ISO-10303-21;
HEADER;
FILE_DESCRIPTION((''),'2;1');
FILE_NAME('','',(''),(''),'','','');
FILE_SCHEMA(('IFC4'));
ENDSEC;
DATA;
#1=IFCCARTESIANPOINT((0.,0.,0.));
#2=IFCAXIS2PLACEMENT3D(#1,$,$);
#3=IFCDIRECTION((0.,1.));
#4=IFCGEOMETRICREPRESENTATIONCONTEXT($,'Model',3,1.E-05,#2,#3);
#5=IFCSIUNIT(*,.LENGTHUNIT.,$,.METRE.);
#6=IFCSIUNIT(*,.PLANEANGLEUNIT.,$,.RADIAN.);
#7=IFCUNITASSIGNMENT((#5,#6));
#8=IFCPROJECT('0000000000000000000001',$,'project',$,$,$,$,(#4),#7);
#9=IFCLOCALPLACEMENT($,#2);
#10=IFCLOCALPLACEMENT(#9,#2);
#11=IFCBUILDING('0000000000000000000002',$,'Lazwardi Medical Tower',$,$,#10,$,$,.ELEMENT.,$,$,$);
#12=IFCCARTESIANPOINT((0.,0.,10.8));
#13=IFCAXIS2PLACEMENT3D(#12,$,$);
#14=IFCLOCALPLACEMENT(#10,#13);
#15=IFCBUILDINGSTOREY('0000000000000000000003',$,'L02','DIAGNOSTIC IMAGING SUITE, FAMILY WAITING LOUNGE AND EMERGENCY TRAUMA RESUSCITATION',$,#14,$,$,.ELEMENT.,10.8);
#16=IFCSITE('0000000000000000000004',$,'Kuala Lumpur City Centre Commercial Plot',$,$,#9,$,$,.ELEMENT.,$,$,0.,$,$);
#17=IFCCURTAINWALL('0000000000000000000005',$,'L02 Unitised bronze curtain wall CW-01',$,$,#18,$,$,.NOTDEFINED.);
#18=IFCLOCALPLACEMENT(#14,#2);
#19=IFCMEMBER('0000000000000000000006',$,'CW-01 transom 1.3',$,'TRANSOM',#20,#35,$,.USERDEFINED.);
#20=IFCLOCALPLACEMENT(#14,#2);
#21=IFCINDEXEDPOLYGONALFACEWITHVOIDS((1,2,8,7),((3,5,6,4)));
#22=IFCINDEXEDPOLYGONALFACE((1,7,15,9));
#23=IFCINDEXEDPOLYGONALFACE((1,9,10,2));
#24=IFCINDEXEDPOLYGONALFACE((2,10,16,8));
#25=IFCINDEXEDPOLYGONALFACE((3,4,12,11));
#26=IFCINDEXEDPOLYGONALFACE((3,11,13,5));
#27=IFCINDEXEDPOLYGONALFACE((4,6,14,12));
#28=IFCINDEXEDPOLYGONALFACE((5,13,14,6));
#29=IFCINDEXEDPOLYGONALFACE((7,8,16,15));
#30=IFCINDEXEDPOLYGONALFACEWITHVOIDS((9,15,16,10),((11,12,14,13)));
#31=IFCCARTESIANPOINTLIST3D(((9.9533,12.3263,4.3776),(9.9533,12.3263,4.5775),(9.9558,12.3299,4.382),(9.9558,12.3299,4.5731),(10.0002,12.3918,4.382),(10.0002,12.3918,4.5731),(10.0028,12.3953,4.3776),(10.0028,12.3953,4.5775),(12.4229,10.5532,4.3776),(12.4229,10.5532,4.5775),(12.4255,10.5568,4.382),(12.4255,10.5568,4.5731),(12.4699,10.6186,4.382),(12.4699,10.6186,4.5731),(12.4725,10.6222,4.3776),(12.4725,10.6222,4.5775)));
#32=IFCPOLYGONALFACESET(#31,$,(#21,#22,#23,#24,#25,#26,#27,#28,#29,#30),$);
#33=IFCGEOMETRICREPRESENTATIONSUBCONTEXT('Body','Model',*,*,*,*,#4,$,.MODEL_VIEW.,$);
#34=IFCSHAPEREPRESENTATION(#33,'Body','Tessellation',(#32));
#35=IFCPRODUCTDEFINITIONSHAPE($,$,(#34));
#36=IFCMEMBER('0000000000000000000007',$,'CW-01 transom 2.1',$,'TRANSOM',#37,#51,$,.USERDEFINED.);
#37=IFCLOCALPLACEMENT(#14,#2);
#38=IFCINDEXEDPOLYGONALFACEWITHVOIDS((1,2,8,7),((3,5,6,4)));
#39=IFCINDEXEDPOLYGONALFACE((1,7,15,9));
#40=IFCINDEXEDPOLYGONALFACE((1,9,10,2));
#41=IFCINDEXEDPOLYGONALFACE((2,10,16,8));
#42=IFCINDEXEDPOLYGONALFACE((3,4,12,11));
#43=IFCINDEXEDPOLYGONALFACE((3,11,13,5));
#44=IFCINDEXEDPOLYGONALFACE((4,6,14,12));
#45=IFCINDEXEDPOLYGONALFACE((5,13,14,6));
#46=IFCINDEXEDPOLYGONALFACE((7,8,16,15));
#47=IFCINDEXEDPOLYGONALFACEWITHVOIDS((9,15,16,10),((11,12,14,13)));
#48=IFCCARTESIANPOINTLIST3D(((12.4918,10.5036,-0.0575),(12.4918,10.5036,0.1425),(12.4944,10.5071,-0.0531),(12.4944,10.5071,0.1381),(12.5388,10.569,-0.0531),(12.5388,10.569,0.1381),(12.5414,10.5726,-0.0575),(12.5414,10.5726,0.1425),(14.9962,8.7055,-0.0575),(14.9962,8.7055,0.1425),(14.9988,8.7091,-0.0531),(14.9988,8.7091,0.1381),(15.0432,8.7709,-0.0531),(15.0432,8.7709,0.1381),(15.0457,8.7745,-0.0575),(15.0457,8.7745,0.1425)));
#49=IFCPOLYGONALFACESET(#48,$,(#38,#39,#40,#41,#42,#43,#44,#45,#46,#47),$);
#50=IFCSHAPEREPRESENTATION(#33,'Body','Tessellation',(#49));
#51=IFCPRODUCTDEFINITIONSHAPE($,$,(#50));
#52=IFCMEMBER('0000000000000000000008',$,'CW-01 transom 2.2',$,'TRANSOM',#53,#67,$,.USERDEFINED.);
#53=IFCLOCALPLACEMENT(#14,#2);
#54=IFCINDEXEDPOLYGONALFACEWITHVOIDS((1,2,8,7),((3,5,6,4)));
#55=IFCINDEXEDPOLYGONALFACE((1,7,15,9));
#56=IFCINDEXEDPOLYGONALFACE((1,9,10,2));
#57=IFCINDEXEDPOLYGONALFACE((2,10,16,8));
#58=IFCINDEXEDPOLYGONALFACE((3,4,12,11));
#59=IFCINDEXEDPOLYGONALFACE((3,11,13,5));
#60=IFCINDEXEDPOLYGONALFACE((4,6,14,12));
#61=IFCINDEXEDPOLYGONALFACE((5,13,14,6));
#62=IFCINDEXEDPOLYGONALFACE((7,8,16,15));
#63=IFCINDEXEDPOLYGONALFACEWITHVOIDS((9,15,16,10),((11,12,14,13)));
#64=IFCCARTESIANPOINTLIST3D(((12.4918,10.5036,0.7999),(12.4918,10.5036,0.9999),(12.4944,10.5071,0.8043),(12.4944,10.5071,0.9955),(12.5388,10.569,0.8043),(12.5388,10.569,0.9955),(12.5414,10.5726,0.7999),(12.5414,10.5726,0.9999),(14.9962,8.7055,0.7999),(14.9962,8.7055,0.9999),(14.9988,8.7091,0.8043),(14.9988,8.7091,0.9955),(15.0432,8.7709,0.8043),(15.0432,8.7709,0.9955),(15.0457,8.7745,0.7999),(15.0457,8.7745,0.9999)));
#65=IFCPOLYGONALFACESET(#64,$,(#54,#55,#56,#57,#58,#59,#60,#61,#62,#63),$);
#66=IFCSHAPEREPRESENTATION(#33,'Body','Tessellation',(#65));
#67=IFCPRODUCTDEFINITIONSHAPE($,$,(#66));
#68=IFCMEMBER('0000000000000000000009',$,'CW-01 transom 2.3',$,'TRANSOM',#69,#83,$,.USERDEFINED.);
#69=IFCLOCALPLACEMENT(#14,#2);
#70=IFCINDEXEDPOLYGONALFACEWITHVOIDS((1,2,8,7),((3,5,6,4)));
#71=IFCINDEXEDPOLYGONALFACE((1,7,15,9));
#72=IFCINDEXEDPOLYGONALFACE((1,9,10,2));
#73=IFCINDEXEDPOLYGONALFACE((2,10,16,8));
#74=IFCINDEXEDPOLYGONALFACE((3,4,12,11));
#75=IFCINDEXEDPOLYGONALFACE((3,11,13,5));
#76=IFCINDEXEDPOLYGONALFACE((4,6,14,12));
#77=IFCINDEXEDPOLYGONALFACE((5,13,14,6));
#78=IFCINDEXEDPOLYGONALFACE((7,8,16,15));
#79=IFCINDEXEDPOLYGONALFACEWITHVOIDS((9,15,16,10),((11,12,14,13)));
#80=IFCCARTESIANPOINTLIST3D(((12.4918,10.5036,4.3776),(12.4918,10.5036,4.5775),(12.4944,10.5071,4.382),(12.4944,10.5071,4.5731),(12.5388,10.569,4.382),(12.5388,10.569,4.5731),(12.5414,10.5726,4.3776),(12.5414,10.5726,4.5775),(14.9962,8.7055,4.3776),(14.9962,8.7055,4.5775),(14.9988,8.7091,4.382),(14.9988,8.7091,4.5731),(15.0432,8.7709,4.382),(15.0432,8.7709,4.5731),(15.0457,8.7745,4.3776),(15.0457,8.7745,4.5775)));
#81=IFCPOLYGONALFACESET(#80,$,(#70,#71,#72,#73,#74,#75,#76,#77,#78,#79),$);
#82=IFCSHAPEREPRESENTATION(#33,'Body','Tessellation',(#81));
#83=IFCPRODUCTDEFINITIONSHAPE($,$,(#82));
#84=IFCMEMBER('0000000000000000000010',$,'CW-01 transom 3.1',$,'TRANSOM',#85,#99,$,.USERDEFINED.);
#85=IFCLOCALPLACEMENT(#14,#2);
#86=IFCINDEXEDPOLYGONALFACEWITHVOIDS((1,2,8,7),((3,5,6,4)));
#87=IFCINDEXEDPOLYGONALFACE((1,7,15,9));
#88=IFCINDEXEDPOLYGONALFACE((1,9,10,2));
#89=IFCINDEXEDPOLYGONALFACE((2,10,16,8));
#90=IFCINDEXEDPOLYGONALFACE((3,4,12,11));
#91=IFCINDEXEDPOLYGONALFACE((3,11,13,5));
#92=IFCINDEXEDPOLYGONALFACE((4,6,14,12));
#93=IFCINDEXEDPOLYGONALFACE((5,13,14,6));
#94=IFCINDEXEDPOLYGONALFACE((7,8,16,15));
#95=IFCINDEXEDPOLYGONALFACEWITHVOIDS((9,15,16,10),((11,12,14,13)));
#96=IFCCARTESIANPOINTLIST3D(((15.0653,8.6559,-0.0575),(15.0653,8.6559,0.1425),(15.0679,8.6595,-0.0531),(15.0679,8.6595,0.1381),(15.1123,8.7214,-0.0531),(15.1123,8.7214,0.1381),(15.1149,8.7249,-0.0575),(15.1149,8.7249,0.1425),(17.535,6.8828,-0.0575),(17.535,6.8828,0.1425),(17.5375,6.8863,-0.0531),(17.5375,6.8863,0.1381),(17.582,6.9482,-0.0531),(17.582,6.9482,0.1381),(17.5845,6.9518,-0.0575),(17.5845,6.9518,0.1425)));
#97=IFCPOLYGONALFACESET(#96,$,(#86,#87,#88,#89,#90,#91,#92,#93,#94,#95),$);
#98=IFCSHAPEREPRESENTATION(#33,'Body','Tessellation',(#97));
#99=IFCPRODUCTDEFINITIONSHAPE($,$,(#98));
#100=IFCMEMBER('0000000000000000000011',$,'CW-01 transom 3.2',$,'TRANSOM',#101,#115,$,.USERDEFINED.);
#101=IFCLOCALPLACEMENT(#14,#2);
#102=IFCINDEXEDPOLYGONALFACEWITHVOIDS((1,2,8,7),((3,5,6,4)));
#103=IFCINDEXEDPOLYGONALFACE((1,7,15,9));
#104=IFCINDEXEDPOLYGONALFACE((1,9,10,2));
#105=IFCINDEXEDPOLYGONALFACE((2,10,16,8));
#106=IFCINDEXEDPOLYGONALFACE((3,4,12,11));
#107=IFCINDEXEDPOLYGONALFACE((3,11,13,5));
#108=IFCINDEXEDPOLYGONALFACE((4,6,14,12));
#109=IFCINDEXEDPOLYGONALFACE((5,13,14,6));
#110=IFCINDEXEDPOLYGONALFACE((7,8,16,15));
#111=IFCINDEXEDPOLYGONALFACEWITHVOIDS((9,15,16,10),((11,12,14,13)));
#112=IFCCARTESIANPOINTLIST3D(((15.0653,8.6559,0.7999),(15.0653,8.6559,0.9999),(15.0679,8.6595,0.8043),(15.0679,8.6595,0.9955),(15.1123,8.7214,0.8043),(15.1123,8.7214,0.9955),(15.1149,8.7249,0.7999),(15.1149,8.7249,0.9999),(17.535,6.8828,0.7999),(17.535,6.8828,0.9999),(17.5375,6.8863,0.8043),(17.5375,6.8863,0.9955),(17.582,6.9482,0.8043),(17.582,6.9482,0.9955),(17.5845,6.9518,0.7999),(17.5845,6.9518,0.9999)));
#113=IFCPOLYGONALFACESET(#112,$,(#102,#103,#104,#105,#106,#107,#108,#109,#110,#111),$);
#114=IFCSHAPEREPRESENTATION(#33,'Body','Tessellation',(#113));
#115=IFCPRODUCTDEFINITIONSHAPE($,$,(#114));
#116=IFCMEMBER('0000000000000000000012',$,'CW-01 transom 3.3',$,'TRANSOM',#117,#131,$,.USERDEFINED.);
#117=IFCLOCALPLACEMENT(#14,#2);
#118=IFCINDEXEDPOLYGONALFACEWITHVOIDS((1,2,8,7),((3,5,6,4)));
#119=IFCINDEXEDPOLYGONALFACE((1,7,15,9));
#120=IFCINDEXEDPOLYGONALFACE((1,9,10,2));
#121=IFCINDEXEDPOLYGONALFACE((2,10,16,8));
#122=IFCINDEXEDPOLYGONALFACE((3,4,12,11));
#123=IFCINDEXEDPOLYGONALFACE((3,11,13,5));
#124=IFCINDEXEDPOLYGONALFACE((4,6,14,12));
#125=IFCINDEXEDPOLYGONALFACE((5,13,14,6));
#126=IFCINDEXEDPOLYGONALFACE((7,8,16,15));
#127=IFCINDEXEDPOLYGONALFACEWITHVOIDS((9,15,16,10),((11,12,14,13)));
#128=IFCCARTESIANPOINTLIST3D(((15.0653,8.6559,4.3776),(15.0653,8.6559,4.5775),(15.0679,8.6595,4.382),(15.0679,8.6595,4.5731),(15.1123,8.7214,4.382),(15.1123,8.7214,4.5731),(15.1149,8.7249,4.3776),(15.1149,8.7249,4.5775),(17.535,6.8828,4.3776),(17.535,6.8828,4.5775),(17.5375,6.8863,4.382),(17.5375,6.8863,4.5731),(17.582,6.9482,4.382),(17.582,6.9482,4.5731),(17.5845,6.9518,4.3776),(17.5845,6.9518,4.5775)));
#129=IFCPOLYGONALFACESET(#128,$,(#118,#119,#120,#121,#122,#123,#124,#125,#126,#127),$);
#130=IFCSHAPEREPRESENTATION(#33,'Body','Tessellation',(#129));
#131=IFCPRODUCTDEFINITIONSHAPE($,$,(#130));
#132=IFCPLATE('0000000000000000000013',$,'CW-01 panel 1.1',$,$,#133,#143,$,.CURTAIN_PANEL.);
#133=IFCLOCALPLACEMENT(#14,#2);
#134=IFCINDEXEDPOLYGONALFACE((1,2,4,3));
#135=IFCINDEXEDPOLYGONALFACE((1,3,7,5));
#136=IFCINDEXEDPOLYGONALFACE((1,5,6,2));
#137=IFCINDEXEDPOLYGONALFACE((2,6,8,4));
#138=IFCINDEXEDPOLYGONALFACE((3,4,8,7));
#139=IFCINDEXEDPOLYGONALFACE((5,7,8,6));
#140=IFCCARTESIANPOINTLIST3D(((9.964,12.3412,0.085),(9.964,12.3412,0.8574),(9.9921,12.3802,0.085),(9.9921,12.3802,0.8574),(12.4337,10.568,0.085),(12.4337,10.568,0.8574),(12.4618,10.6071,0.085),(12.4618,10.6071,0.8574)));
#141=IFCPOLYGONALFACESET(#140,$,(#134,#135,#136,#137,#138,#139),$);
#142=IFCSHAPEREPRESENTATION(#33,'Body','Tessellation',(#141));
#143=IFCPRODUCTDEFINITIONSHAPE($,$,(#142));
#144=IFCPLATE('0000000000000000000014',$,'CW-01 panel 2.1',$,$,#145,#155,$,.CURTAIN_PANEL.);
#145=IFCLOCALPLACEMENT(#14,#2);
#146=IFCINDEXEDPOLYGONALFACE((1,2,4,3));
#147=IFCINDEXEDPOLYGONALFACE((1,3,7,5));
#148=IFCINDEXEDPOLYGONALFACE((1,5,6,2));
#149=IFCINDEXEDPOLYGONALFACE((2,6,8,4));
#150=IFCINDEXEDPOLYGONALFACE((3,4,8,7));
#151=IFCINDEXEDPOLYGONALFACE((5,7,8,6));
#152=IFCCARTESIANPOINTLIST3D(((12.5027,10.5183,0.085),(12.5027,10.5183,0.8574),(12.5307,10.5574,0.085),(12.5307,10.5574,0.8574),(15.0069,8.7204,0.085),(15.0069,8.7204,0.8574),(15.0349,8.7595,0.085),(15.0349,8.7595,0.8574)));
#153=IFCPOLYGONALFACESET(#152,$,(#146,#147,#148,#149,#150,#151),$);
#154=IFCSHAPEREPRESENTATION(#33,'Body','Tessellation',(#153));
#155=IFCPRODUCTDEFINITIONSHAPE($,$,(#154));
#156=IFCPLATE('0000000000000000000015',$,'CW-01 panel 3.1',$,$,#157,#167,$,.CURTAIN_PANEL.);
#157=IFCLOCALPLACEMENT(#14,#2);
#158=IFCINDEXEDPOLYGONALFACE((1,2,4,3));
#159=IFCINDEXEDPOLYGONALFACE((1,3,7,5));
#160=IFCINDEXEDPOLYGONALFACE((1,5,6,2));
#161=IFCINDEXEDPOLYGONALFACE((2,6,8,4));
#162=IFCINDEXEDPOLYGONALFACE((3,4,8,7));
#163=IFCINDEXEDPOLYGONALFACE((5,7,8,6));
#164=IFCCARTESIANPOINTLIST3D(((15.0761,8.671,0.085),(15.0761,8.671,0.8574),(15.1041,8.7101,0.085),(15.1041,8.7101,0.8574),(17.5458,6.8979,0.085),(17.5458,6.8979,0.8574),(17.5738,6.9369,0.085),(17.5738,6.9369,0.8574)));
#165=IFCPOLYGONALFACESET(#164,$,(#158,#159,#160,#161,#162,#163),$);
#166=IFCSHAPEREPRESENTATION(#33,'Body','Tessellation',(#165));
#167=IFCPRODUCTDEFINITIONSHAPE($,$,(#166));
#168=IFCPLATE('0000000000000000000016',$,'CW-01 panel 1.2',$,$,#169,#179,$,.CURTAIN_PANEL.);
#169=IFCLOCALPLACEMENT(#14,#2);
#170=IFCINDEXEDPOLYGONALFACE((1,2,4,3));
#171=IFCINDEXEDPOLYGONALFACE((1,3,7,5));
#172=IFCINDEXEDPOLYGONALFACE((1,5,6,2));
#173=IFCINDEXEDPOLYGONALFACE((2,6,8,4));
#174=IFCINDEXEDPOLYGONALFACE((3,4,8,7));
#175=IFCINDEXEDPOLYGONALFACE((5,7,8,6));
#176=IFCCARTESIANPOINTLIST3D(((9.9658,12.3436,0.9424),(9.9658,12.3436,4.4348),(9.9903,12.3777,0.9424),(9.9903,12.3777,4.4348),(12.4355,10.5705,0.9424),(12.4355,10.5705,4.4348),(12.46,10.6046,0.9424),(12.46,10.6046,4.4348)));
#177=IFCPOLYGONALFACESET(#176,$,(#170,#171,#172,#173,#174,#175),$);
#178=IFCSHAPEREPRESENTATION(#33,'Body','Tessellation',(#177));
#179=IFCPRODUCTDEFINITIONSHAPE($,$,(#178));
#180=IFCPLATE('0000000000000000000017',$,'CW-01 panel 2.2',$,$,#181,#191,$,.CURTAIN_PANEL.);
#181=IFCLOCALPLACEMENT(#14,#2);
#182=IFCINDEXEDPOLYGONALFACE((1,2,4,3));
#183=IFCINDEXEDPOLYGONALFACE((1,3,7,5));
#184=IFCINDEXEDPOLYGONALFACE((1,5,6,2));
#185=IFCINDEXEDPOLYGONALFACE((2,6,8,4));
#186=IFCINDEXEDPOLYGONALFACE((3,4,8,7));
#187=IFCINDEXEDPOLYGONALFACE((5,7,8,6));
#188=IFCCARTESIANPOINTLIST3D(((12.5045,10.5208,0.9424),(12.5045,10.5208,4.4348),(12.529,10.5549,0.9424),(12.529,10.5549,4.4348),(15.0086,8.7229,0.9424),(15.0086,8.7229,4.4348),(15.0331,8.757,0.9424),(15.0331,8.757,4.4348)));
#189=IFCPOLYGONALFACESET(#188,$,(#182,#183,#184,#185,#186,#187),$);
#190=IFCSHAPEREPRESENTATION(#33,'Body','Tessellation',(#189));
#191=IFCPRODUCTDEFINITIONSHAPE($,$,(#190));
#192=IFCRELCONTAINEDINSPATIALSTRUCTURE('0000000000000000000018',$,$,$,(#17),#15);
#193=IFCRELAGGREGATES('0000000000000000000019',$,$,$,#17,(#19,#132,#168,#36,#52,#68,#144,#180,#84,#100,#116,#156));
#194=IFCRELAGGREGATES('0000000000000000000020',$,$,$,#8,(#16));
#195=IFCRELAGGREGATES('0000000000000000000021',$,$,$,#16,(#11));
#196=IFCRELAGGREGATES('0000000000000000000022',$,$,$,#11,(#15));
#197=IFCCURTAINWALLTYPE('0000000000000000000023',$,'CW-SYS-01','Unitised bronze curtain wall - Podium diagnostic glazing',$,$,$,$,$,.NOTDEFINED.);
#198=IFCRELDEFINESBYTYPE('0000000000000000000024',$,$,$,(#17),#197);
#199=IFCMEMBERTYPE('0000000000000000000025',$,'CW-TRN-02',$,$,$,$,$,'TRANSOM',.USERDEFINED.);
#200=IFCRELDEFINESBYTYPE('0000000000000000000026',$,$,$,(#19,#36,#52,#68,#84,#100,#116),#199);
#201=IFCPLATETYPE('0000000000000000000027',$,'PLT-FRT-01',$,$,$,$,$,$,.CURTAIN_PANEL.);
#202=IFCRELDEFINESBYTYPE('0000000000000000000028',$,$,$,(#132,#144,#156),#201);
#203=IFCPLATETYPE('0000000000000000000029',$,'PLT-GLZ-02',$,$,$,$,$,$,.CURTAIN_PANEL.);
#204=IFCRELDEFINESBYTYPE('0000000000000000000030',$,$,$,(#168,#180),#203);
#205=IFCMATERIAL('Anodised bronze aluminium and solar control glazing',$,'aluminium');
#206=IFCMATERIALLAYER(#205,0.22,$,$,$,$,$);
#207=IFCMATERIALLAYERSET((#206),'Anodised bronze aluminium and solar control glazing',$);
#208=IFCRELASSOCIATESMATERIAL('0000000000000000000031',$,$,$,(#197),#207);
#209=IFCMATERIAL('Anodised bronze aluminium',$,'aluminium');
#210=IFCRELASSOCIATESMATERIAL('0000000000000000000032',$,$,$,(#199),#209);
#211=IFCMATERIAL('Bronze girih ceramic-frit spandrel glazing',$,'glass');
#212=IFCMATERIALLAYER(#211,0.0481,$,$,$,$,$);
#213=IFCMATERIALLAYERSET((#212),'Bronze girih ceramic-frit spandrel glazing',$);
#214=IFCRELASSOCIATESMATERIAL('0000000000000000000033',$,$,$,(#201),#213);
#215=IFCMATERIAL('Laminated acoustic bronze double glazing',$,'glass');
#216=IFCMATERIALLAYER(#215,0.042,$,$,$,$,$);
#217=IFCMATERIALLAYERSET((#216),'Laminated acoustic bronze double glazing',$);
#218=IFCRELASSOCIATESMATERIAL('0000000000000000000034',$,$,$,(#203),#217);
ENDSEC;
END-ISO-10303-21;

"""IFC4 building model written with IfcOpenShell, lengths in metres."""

from ifc_helpers import new_model, si_unit, direction, frame, origin, origin_2d, place, context, subcontext, project, spatial, rectangle, hollow_rectangle, extrude, material, layer, layer_set, material_profile, profile_set, type_object, element, aggregate, save


model = new_model("IFC4")

# Units and contexts
model_context = context("Model", 3, precision=1e-05, world=origin(), true_north=direction((0.0, 1.0)))
body_context = subcontext(model_context, "Body", "Model", "MODEL_VIEW")
ifc_project = project(units=[si_unit("LENGTHUNIT", "METRE"), si_unit("PLANEANGLEUNIT", "RADIAN")], contexts=[model_context])

# Site, building, storey
site_placement = place(None, origin())
site = spatial("IfcSite", under=ifc_project, at=site_placement, Name="Kuala Lumpur City Centre Commercial Plot", CompositionType="ELEMENT", RefElevation=0.0)
building_placement = place(site_placement, origin())
building = spatial("IfcBuilding", under=site, at=building_placement, Name="Lazwardi Medical Tower", CompositionType="ELEMENT")
storey_placement = place(building_placement, frame((0.0, 0.0, 10.8)))
storey = spatial("IfcBuildingStorey", under=building, at=storey_placement, Name="L02", Description="DIAGNOSTIC IMAGING SUITE, FAMILY WAITING LOUNGE AND EMERGENCY TRAUMA RESUSCITATION", CompositionType="ELEMENT", Elevation=10.8)

# Shared definitions
ifc_material_1 = material(Name="Anodised bronze aluminium and solar control glazing", Category="aluminium")
ifc_layer_1 = layer(ifc_material_1, 0.22)
ifc_layer_set_1 = layer_set([ifc_layer_1], Name="Anodised bronze aluminium and solar control glazing")
curtain_wall_type = type_object("IfcCurtainWallType", Name="CW-SYS-01", Description="Unitised bronze curtain wall - Podium diagnostic glazing", PredefinedType="NOTDEFINED", material=ifc_layer_set_1)
ifc_material_2 = material(Name="Anodised bronze aluminium", Category="aluminium")

# Curtain wall
curtain_wall_1_placement = place(storey_placement, origin())
curtain_wall_1 = element("IfcCurtainWall", 1, at=curtain_wall_1_placement, inside=storey, type_object=curtain_wall_type, Name="L02 Unitised bronze curtain wall CW-01", PredefinedType="NOTDEFINED")

# Members
ifc_material_profile_1 = material_profile(ifc_material_2, hollow_rectangle(XDim=0.085, YDim=0.2, WallThickness=0.0044, at=origin_2d()), Name="ALU-TRANSOM 200x85x4.5")
ifc_profile_set_1 = profile_set([ifc_material_profile_1], Name="Anodised bronze aluminium")
member_type_1 = type_object("IfcMemberType", Name="CW-TRN-02", ElementType="TRANSOM", PredefinedType="USERDEFINED", material=ifc_profile_set_1)
member_1_placement = place(storey_placement, frame((9.978, 12.3608, 4.4775), z_axis=(0.812315, -0.583219, 0.0), x_axis=(0.583219, 0.812315, 0.0)))
member_1 = element("IfcMember", 2, at=member_1_placement, type_object=member_type_1, Name="CW-01 transom 1.3", ObjectType="TRANSOM", PredefinedType="USERDEFINED", context=body_context, shape_type="SweptSolid", body=[
    extrude(hollow_rectangle(XDim=0.085, YDim=0.2, WallThickness=0.0044, at=origin_2d()), origin(), (0.0, 0.0, 1.0), 3.0403),
])
member_2_placement = place(storey_placement, frame((12.5166, 10.5381, 0.0425), z_axis=(0.812313, -0.583222, 0.0), x_axis=(0.583222, 0.812313, 0.0)))
member_2 = element("IfcMember", 3, at=member_2_placement, type_object=member_type_1, Name="CW-01 transom 2.1", ObjectType="TRANSOM", PredefinedType="USERDEFINED", context=body_context, shape_type="SweptSolid", body=[
    extrude(hollow_rectangle(XDim=0.085, YDim=0.2, WallThickness=0.0044, at=origin_2d()), origin(), (0.0, 0.0, 1.0), 3.083),
])
member_3_placement = place(storey_placement, frame((12.5166, 10.5381, 0.8999), z_axis=(0.812313, -0.583222, 0.0), x_axis=(0.583222, 0.812313, 0.0)))
member_3 = element("IfcMember", 4, at=member_3_placement, type_object=member_type_1, Name="CW-01 transom 2.2", ObjectType="TRANSOM", PredefinedType="USERDEFINED", context=body_context, shape_type="SweptSolid", body=[
    extrude(hollow_rectangle(XDim=0.085, YDim=0.2, WallThickness=0.0044, at=origin_2d()), origin(), (0.0, 0.0, 1.0), 3.083),
])
member_4_placement = place(storey_placement, frame((12.5166, 10.5381, 4.4775), z_axis=(0.812313, -0.583222, 0.0), x_axis=(0.583222, 0.812313, 0.0)))
member_4 = element("IfcMember", 5, at=member_4_placement, type_object=member_type_1, Name="CW-01 transom 2.3", ObjectType="TRANSOM", PredefinedType="USERDEFINED", context=body_context, shape_type="SweptSolid", body=[
    extrude(hollow_rectangle(XDim=0.085, YDim=0.2, WallThickness=0.0044, at=origin_2d()), origin(), (0.0, 0.0, 1.0), 3.083),
])
member_5_placement = place(storey_placement, frame((15.0901, 8.6904, 0.0425), z_axis=(0.812315, -0.583219, 0.0), x_axis=(0.583219, 0.812315, 0.0)))
member_5 = element("IfcMember", 6, at=member_5_placement, type_object=member_type_1, Name="CW-01 transom 3.1", ObjectType="TRANSOM", PredefinedType="USERDEFINED", context=body_context, shape_type="SweptSolid", body=[
    extrude(hollow_rectangle(XDim=0.085, YDim=0.2, WallThickness=0.0044, at=origin_2d()), origin(), (0.0, 0.0, 1.0), 3.0403),
])
member_6_placement = place(storey_placement, frame((15.0901, 8.6904, 0.8999), z_axis=(0.812315, -0.583219, 0.0), x_axis=(0.583219, 0.812315, 0.0)))
member_6 = element("IfcMember", 7, at=member_6_placement, type_object=member_type_1, Name="CW-01 transom 3.2", ObjectType="TRANSOM", PredefinedType="USERDEFINED", context=body_context, shape_type="SweptSolid", body=[
    extrude(hollow_rectangle(XDim=0.085, YDim=0.2, WallThickness=0.0044, at=origin_2d()), origin(), (0.0, 0.0, 1.0), 3.0403),
])
member_7_placement = place(storey_placement, frame((15.0901, 8.6904, 4.4775), z_axis=(0.812315, -0.583219, 0.0), x_axis=(0.583219, 0.812315, 0.0)))
member_7 = element("IfcMember", 8, at=member_7_placement, type_object=member_type_1, Name="CW-01 transom 3.3", ObjectType="TRANSOM", PredefinedType="USERDEFINED", context=body_context, shape_type="SweptSolid", body=[
    extrude(hollow_rectangle(XDim=0.085, YDim=0.2, WallThickness=0.0044, at=origin_2d()), origin(), (0.0, 0.0, 1.0), 3.0403),
])

# Plates
ifc_material_3 = material(Name="Bronze girih ceramic-frit spandrel glazing", Category="glass")
ifc_layer_2 = layer(ifc_material_3, 0.0481)
ifc_layer_set_2 = layer_set([ifc_layer_2], Name="Bronze girih ceramic-frit spandrel glazing")
plate_type_1 = type_object("IfcPlateType", Name="PLT-FRT-01", PredefinedType="CURTAIN_PANEL", material=ifc_layer_set_2)
plate_1_placement = place(storey_placement, frame((11.2129, 11.4741, 0.085), z_axis=(0.0, 0.0, 1.0), x_axis=(0.812318, -0.583214, 0.0)))
plate_1 = element("IfcPlate", 9, at=plate_1_placement, type_object=plate_type_1, Name="CW-01 panel 1.1", PredefinedType="CURTAIN_PANEL", context=body_context, shape_type="SweptSolid", body=[
    extrude(rectangle(XDim=3.0403, YDim=0.0481, at=origin_2d()), origin(), (0.0, 0.0, 1.0), 0.7725),
])
plate_2_placement = place(storey_placement, frame((13.7688, 9.6389, 0.085), z_axis=(0.0, 0.0, 1.0), x_axis=(0.812318, -0.583214, 0.0)))
plate_2 = element("IfcPlate", 10, at=plate_2_placement, type_object=plate_type_1, Name="CW-01 panel 2.1", PredefinedType="CURTAIN_PANEL", context=body_context, shape_type="SweptSolid", body=[
    extrude(rectangle(XDim=3.0828, YDim=0.0481, at=origin_2d()), origin(), (0.0, 0.0, 1.0), 0.7725),
])
plate_3_placement = place(storey_placement, frame((16.325, 7.804, 0.085), z_axis=(0.0, 0.0, 1.0), x_axis=(0.812318, -0.583214, 0.0)))
plate_3 = element("IfcPlate", 11, at=plate_3_placement, type_object=plate_type_1, Name="CW-01 panel 3.1", PredefinedType="CURTAIN_PANEL", context=body_context, shape_type="SweptSolid", body=[
    extrude(rectangle(XDim=3.0403, YDim=0.0481, at=origin_2d()), origin(), (0.0, 0.0, 1.0), 0.7725),
])
ifc_material_4 = material(Name="Laminated acoustic bronze double glazing", Category="glass")
ifc_layer_3 = layer(ifc_material_4, 0.042)
ifc_layer_set_3 = layer_set([ifc_layer_3], Name="Laminated acoustic bronze double glazing")
plate_type_2 = type_object("IfcPlateType", Name="PLT-GLZ-02", PredefinedType="CURTAIN_PANEL", material=ifc_layer_set_3)
plate_4_placement = place(storey_placement, frame((11.2129, 11.4741, 0.9424), z_axis=(0.0, 0.0, 1.0), x_axis=(0.812318, -0.583214, 0.0)))
plate_4 = element("IfcPlate", 12, at=plate_4_placement, type_object=plate_type_2, Name="CW-01 panel 1.2", PredefinedType="CURTAIN_PANEL", context=body_context, shape_type="SweptSolid", body=[
    extrude(rectangle(XDim=3.0403, YDim=0.042, at=origin_2d()), origin(), (0.0, 0.0, 1.0), 3.4924),
])
plate_5_placement = place(storey_placement, frame((13.7688, 9.6389, 0.9424), z_axis=(0.0, 0.0, 1.0), x_axis=(0.812318, -0.583214, 0.0)))
plate_5 = element("IfcPlate", 13, at=plate_5_placement, type_object=plate_type_2, Name="CW-01 panel 2.2", PredefinedType="CURTAIN_PANEL", context=body_context, shape_type="SweptSolid", body=[
    extrude(rectangle(XDim=3.0828, YDim=0.042, at=origin_2d()), origin(), (0.0, 0.0, 1.0), 3.4924),
])
aggregate(curtain_wall_1, [member_1, plate_1, plate_4, member_2, member_3, member_4, plate_2, plate_5, member_5, member_6, member_7, plate_3])

save(model, "model.ifc")
